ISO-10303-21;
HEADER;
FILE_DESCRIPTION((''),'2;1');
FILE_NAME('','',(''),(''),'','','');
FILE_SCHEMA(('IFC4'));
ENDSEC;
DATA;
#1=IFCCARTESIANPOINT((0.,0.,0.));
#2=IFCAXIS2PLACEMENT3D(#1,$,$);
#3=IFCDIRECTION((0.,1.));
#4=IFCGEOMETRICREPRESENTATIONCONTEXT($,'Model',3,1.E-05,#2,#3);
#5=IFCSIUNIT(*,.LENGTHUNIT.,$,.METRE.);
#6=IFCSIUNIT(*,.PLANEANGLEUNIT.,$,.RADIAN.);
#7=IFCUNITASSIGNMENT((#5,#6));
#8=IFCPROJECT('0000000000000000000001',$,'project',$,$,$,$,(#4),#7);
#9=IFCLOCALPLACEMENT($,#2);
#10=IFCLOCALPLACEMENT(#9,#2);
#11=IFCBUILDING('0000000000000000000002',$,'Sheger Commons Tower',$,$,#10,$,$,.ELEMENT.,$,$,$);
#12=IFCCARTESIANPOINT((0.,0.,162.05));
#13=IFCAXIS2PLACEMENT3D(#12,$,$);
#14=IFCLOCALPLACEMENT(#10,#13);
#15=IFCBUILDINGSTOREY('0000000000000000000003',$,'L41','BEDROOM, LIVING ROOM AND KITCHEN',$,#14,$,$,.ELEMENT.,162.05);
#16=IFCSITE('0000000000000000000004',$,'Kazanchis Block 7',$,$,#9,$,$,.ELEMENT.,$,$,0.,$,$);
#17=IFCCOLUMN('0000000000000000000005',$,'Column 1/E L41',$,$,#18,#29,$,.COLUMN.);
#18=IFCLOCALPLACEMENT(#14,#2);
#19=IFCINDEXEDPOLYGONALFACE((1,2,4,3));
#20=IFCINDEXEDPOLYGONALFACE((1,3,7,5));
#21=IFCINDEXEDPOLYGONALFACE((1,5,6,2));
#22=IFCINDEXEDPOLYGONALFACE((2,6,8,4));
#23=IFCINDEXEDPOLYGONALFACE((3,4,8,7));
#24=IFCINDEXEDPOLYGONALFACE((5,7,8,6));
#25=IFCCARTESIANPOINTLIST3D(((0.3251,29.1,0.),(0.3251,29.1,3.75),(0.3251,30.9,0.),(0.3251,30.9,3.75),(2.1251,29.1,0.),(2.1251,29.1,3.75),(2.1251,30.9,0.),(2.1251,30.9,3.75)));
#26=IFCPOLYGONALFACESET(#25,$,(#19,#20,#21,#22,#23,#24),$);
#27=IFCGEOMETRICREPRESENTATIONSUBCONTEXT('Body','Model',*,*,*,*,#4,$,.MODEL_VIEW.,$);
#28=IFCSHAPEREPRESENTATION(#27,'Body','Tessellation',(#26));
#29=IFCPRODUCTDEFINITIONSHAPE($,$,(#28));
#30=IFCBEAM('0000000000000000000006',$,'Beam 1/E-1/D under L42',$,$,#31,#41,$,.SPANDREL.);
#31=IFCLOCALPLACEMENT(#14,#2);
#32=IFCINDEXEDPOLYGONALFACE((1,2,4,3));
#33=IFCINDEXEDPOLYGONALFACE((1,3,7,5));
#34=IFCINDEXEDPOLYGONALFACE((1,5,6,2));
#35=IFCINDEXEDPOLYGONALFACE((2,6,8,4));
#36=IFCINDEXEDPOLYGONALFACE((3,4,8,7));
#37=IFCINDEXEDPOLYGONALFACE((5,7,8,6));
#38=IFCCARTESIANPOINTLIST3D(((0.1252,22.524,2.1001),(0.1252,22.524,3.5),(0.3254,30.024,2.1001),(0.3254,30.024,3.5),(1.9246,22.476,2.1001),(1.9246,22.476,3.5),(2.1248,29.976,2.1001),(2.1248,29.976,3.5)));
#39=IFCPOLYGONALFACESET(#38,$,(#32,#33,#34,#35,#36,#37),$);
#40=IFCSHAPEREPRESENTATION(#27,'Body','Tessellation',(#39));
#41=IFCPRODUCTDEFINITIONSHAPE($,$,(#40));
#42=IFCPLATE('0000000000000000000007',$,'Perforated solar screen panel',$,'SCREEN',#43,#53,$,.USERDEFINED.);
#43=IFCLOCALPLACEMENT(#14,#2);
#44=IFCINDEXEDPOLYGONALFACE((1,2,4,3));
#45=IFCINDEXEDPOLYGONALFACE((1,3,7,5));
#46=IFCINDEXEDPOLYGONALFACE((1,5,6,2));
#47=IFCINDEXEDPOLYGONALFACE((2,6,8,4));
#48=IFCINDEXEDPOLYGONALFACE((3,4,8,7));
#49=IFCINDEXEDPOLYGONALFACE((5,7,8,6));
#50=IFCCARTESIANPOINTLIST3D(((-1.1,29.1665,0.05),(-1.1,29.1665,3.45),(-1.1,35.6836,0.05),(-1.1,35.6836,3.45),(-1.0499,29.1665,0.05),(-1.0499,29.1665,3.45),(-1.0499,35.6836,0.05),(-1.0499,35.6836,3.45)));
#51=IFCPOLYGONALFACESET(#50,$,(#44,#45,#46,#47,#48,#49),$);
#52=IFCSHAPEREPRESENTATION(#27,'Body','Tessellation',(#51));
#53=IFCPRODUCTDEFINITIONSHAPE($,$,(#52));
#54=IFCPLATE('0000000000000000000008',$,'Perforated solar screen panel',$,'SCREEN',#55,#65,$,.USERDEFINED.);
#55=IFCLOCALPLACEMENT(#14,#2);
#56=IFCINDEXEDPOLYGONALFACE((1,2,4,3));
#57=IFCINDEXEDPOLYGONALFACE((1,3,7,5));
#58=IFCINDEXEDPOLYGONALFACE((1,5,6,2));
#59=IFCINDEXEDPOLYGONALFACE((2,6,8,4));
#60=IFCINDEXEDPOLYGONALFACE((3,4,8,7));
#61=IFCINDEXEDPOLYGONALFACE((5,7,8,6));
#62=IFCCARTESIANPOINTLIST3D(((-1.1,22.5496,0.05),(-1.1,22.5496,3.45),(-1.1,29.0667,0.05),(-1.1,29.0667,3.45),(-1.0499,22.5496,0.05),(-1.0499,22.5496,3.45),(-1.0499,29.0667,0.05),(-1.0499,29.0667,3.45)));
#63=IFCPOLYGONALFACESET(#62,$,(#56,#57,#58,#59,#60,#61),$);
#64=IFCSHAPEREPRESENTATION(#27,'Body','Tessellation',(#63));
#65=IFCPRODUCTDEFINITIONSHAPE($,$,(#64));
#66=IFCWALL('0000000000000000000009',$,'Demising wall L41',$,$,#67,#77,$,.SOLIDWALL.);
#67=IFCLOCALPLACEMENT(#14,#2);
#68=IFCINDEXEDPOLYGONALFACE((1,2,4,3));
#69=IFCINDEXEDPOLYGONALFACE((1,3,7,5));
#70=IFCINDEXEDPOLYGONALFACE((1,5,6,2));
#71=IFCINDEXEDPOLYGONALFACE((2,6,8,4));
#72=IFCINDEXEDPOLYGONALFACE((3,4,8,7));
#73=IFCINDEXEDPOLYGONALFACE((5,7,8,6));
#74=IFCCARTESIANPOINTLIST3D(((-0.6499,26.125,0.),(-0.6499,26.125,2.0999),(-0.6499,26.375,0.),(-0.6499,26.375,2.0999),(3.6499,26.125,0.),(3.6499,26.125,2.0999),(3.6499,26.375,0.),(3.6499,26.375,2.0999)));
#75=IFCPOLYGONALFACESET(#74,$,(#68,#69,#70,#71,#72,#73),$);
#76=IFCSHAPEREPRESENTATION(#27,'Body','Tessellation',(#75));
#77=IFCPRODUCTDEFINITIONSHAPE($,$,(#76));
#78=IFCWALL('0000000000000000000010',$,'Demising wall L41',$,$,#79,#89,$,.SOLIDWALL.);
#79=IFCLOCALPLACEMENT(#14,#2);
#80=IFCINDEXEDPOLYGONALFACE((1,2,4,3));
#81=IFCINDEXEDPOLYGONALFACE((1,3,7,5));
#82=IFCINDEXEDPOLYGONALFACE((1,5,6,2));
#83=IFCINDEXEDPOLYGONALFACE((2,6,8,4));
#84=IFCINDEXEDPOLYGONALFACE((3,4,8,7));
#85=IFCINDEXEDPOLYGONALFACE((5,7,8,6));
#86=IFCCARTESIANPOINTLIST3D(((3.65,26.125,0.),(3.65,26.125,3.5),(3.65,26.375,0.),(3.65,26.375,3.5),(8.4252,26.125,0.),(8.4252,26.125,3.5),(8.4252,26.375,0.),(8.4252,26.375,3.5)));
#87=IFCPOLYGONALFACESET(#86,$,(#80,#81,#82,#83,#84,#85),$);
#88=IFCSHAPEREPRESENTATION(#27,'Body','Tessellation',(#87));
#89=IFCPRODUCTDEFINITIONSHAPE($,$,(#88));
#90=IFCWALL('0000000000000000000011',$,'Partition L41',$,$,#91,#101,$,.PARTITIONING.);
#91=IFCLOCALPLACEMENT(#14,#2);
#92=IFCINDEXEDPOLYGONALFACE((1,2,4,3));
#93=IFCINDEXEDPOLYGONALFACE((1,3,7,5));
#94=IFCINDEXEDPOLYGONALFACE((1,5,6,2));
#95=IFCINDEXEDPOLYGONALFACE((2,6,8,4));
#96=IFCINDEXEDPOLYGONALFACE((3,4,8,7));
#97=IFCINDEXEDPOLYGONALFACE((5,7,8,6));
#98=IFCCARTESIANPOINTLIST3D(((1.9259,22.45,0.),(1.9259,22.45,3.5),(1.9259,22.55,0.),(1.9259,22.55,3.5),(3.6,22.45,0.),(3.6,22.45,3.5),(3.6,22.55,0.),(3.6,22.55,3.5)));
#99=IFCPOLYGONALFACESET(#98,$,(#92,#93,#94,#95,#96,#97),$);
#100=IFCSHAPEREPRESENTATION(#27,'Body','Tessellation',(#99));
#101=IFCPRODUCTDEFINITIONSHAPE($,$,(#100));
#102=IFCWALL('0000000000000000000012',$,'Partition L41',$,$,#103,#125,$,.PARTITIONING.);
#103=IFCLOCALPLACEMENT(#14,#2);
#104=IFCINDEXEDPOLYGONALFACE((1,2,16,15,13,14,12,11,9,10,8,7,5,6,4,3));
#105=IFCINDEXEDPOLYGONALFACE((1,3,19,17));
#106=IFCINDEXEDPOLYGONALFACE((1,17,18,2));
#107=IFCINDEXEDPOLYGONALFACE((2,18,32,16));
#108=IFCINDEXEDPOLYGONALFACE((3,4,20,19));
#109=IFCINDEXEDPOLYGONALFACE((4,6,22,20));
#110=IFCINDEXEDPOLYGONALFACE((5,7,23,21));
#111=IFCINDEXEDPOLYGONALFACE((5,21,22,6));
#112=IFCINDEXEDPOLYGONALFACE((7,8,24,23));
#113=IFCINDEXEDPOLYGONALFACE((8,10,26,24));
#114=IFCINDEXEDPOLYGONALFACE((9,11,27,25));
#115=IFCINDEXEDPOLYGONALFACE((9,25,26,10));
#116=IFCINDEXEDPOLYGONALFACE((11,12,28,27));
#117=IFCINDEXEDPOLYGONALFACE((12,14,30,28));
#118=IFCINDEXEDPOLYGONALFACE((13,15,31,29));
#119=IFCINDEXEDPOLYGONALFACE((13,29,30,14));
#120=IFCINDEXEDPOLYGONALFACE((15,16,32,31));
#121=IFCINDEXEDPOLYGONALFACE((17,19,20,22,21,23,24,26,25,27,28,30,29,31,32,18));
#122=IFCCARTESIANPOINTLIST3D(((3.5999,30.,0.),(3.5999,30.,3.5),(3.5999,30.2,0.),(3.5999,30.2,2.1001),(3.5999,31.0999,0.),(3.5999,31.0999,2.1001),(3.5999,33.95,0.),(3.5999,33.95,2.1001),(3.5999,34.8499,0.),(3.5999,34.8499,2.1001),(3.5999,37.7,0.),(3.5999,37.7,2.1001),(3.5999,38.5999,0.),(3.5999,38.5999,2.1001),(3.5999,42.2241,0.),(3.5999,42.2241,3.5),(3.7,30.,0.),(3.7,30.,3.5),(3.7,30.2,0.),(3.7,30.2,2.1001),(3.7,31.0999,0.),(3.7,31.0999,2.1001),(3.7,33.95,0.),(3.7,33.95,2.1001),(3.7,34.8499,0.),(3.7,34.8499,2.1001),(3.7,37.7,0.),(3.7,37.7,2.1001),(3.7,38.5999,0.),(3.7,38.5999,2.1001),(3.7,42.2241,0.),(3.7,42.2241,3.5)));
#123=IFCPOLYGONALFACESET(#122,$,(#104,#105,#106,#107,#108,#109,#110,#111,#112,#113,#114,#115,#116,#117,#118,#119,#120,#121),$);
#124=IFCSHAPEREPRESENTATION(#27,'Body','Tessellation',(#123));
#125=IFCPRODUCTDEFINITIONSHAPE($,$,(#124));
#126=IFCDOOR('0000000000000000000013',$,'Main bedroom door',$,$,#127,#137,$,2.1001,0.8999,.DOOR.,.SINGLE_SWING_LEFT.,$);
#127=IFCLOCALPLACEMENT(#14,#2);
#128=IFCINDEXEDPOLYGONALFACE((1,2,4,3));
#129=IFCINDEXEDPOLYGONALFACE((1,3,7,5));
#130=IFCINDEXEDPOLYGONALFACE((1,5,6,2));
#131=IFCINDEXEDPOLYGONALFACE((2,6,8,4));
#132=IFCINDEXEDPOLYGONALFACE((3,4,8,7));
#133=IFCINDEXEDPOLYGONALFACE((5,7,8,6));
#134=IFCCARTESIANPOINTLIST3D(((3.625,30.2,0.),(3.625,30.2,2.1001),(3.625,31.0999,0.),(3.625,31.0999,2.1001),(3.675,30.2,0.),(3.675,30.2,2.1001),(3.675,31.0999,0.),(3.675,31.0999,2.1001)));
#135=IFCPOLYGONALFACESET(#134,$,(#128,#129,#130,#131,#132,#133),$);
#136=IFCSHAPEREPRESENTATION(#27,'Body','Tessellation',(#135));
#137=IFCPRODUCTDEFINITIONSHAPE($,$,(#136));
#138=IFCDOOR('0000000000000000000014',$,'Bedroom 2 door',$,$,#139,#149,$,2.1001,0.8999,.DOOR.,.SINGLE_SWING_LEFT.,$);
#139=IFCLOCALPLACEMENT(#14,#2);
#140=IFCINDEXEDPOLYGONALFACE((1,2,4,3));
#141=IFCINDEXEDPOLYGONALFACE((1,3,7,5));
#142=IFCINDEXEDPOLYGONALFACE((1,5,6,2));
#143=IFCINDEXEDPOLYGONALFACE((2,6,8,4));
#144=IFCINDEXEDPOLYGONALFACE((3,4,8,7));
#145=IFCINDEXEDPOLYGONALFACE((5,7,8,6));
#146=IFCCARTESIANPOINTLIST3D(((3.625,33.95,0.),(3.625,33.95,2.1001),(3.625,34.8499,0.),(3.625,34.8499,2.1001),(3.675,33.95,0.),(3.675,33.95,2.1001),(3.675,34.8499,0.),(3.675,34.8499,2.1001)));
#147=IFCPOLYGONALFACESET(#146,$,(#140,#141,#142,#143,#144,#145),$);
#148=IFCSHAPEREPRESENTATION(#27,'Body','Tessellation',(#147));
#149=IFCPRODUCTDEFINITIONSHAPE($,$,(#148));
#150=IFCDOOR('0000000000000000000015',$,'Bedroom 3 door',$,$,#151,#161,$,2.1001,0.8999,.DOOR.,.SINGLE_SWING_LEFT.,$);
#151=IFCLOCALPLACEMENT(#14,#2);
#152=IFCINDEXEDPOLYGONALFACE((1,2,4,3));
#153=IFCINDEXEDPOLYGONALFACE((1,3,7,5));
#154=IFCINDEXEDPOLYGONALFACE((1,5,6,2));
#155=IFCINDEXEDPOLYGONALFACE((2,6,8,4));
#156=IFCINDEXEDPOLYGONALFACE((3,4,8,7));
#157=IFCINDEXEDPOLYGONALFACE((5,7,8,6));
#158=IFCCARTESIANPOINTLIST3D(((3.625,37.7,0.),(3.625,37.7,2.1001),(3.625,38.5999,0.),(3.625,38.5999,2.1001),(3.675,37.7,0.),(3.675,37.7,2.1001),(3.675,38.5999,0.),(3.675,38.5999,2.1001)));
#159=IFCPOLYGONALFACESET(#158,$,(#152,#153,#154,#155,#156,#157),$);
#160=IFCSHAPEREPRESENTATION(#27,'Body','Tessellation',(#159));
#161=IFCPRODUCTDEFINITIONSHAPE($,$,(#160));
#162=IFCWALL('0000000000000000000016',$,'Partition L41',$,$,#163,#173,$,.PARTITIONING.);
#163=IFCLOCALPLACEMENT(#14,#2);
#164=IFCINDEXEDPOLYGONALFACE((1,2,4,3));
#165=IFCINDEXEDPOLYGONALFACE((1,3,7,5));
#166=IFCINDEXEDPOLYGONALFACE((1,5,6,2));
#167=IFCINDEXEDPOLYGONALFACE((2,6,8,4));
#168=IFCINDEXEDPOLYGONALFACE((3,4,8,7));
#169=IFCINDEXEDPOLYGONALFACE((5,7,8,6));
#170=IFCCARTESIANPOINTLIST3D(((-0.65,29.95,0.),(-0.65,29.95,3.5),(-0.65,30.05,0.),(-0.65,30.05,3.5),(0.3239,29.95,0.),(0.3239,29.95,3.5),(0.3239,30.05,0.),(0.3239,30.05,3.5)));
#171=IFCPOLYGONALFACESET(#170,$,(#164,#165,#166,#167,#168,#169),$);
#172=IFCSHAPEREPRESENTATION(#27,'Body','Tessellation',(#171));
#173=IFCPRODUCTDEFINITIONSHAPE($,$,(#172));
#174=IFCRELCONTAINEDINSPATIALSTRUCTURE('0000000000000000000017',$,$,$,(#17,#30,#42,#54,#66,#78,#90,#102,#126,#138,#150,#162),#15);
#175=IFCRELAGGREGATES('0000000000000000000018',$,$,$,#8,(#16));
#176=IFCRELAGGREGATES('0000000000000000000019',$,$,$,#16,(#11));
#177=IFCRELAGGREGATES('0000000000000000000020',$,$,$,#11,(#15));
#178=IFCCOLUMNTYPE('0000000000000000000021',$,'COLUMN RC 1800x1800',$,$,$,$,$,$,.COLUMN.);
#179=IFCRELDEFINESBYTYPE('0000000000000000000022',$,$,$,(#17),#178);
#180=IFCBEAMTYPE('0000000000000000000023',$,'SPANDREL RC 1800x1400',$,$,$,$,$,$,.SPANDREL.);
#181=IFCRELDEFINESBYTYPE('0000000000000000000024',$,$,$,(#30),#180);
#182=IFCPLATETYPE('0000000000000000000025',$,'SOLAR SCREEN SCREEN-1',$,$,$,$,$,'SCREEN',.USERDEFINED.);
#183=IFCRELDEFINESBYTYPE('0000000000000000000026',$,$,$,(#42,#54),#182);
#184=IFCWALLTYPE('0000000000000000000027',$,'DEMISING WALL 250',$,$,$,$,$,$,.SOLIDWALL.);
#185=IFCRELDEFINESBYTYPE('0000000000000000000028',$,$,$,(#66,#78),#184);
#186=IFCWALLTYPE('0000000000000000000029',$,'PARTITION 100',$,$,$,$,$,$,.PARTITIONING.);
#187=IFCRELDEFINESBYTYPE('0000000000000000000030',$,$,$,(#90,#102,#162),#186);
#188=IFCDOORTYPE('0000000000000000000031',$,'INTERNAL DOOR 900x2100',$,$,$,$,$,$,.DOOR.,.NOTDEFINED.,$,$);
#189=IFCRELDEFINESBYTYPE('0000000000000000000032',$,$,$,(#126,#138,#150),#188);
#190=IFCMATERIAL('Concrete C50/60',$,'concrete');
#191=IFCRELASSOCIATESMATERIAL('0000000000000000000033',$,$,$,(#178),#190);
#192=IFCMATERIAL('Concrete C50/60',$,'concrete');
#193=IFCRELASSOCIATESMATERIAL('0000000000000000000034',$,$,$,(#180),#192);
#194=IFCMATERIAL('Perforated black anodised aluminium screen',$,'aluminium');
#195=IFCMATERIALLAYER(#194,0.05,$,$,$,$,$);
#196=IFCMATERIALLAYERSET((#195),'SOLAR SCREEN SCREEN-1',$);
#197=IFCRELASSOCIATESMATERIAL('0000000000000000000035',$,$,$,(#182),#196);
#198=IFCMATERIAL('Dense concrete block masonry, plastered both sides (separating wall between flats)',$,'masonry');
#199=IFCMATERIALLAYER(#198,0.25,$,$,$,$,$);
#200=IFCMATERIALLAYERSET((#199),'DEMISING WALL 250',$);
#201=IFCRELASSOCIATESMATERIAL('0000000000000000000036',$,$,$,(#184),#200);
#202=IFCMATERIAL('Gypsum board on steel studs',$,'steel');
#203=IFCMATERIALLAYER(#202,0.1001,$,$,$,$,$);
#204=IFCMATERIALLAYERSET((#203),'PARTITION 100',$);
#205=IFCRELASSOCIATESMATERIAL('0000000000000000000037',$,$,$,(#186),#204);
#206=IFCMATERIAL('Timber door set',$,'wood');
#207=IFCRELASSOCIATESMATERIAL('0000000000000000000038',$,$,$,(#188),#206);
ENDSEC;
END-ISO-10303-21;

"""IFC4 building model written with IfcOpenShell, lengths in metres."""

from ifc_helpers import new_model, si_unit, direction, frame, frame_2d, origin, origin_2d, place, context, subcontext, project, spatial, rectangle, extrude, material, layer, layer_set, material_profile, profile_set, type_object, element, fill, save


model = new_model("IFC4")

# Units and contexts
model_context = context("Model", 3, precision=1e-05, world=origin(), true_north=direction((0.0, 1.0)))
body_context = subcontext(model_context, "Body", "Model", "MODEL_VIEW")
ifc_project = project(units=[si_unit("LENGTHUNIT", "METRE"), si_unit("PLANEANGLEUNIT", "RADIAN")], contexts=[model_context])

# Site, building, storey
site_placement = place(None, origin())
site = spatial("IfcSite", under=ifc_project, at=site_placement, Name="Kazanchis Block 7", CompositionType="ELEMENT", RefElevation=0.0)
building_placement = place(site_placement, origin())
building = spatial("IfcBuilding", under=site, at=building_placement, Name="Sheger Commons Tower", CompositionType="ELEMENT")
storey_placement = place(building_placement, frame((0.0, 0.0, 162.05)))
storey = spatial("IfcBuildingStorey", under=building, at=storey_placement, Name="L41", Description="BEDROOM, LIVING ROOM AND KITCHEN", CompositionType="ELEMENT", Elevation=162.05)

# Column
ifc_material_1 = material(Name="Concrete C50/60", Category="concrete")
ifc_material_profile_1 = material_profile(ifc_material_1, rectangle(XDim=1.8, YDim=1.8, at=origin_2d()), Name="RC 1800x1800")
ifc_profile_set_1 = profile_set([ifc_material_profile_1], Name="Concrete C50/60")
column_type = type_object("IfcColumnType", Name="COLUMN RC 1800x1800", PredefinedType="COLUMN", material=ifc_profile_set_1)
column_placement = place(storey_placement, frame((1.2251, 30.0, 0.0), z_axis=(0.0, 0.0, 1.0), x_axis=(1.0, 0.0, 0.0)))
element("IfcColumn", 1, at=column_placement, inside=storey, type_object=column_type, Name="Column 1/E L41", PredefinedType="COLUMN", context=body_context, shape_type="SweptSolid", body=[
    extrude(rectangle(XDim=1.8, YDim=1.8, at=origin_2d()), origin(), (0.0, 0.0, 1.0), 3.75),
])

# Beam
ifc_material_2 = material(Name="Concrete C50/60", Category="concrete")
ifc_material_profile_2 = material_profile(ifc_material_2, rectangle(XDim=1.8, YDim=1.3999, at=origin_2d()), Name="RC 1800x1400")
ifc_profile_set_2 = profile_set([ifc_material_profile_2], Name="Concrete C50/60")
beam_type = type_object("IfcBeamType", Name="SPANDREL RC 1800x1400", PredefinedType="SPANDREL", material=ifc_profile_set_2)
beam_placement = place(storey_placement, frame((1.2251, 30.0, 2.8), z_axis=(-0.026683, -0.999644, 0.0), x_axis=(0.999644, -0.026683, 0.0)))
element("IfcBeam", 2, at=beam_placement, inside=storey, type_object=beam_type, Name="Beam 1/E-1/D under L42", PredefinedType="SPANDREL", context=body_context, shape_type="SweptSolid", body=[
    extrude(rectangle(XDim=1.8, YDim=1.3999, at=origin_2d()), origin(), (0.0, 0.0, 1.0), 7.5027),
])

# Plates
ifc_material_3 = material(Name="Perforated black anodised aluminium screen", Category="aluminium")
ifc_layer_1 = layer(ifc_material_3, 0.05)
ifc_layer_set_1 = layer_set([ifc_layer_1], Name="SOLAR SCREEN SCREEN-1")
plate_type = type_object("IfcPlateType", Name="SOLAR SCREEN SCREEN-1", ElementType="SCREEN", PredefinedType="USERDEFINED", material=ifc_layer_set_1)
for number, where, z_axis, x_axis, name in (
    (3, (-1.075, 32.425, 0.05), (0.0, 0.0, 1.0), (0.0, -1.0, 0.0), "Perforated solar screen panel"),
    (4, (-1.075, 25.8081, 0.05), (0.0, 0.0, 1.0), (0.0, -1.0, 0.0), "Perforated solar screen panel"),
):
    element("IfcPlate", number, at=place(storey_placement, frame(where, z_axis=z_axis, x_axis=x_axis)), inside=storey, type_object=plate_type, Name=name, ObjectType="SCREEN", PredefinedType="USERDEFINED", context=body_context, shape_type="SweptSolid", body=[
        extrude(rectangle(XDim=6.5171, YDim=0.05, at=origin_2d()), origin(), (0.0, 0.0, 1.0), 3.3999),
    ])

# Walls
ifc_material_4 = material(Name="Dense concrete block masonry, plastered both sides (separating wall between flats)", Category="masonry")
ifc_layer_2 = layer(ifc_material_4, 0.25)
ifc_layer_set_2 = layer_set([ifc_layer_2], Name="DEMISING WALL 250")
wall_type_1 = type_object("IfcWallType", Name="DEMISING WALL 250", PredefinedType="SOLIDWALL", material=ifc_layer_set_2)
wall_1_placement = place(storey_placement, frame((-0.6499, 26.25, 0.0), z_axis=(0.0, 0.0, 1.0), x_axis=(1.0, 0.0, 0.0)))
element("IfcWall", 5, at=wall_1_placement, inside=storey, type_object=wall_type_1, Name="Demising wall L41", PredefinedType="SOLIDWALL", context=body_context, shape_type="SweptSolid", body=[
    extrude(rectangle(XDim=4.2998, YDim=0.25, at=frame_2d((2.1499, 0.0))), origin(), (0.0, 0.0, 1.0), 2.0999),
])
wall_2_placement = place(storey_placement, frame((3.6499, 26.25, 0.0), z_axis=(0.0, 0.0, 1.0), x_axis=(1.0, 0.0, 0.0)))
element("IfcWall", 6, at=wall_2_placement, inside=storey, type_object=wall_type_1, Name="Demising wall L41", PredefinedType="SOLIDWALL", context=body_context, shape_type="SweptSolid", body=[
    extrude(rectangle(XDim=4.7751, YDim=0.25, at=frame_2d((2.3877, 0.0))), origin(), (0.0, 0.0, 1.0), 3.5),
])
ifc_material_5 = material(Name="Gypsum board on steel studs", Category="steel")
ifc_layer_3 = layer(ifc_material_5, 0.1001)
ifc_layer_set_3 = layer_set([ifc_layer_3], Name="PARTITION 100")
wall_type_2 = type_object("IfcWallType", Name="PARTITION 100", PredefinedType="PARTITIONING", material=ifc_layer_set_3)
wall_3_placement = place(storey_placement, frame((1.926, 22.5, 0.0), z_axis=(0.0, 0.0, 1.0), x_axis=(1.0, 0.0, 0.0)))
element("IfcWall", 7, at=wall_3_placement, inside=storey, type_object=wall_type_2, Name="Partition L41", PredefinedType="PARTITIONING", context=body_context, shape_type="SweptSolid", body=[
    extrude(rectangle(XDim=1.6741, YDim=0.1001, at=frame_2d((0.8369, 0.0))), origin(), (0.0, 0.0, 1.0), 3.5),
])

# Wall, openings, doors
wall_4_placement = place(storey_placement, frame((3.6499, 30.0, 0.0), z_axis=(0.0, 0.0, 1.0), x_axis=(0.0, 1.0, 0.0)))
wall_4 = element("IfcWall", 8, at=wall_4_placement, inside=storey, type_object=wall_type_2, Name="Partition L41", PredefinedType="PARTITIONING", context=body_context, shape_type="SweptSolid", body=[
    extrude(rectangle(XDim=12.2241, YDim=0.1001, at=frame_2d((6.1121, 0.0))), origin(), (0.0, 0.0, 1.0), 3.5),
])
opening_1_placement = place(wall_4_placement, frame((0.2, 0.0, 0.0)))
opening_1 = element("IfcOpeningElement", 9, at=opening_1_placement, cuts=wall_4, PredefinedType="OPENING", context=body_context, shape_type="SweptSolid", body=[
    extrude(rectangle(XDim=0.8999, YDim=2.1001, at=frame_2d((0.45, 1.05))), frame((0.0, 0.0601, 0.0), z_axis=(0.0, -1.0, 0.0), x_axis=(1.0, 0.0, 0.0)), (0.0, 0.0, 1.0), 0.1201),
])
opening_2_placement = place(wall_4_placement, frame((3.95, 0.0, 0.0)))
opening_2 = element("IfcOpeningElement", 10, at=opening_2_placement, cuts=wall_4, PredefinedType="OPENING", context=body_context, shape_type="SweptSolid", body=[
    extrude(rectangle(XDim=0.8999, YDim=2.1001, at=frame_2d((0.45, 1.05))), frame((0.0, 0.0601, 0.0), z_axis=(0.0, -1.0, 0.0), x_axis=(1.0, 0.0, 0.0)), (0.0, 0.0, 1.0), 0.1201),
])
opening_3_placement = place(wall_4_placement, frame((7.7, 0.0, 0.0)))
opening_3 = element("IfcOpeningElement", 11, at=opening_3_placement, cuts=wall_4, PredefinedType="OPENING", context=body_context, shape_type="SweptSolid", body=[
    extrude(rectangle(XDim=0.8999, YDim=2.1001, at=frame_2d((0.45, 1.05))), frame((0.0, 0.0601, 0.0), z_axis=(0.0, -1.0, 0.0), x_axis=(1.0, 0.0, 0.0)), (0.0, 0.0, 1.0), 0.1201),
])
ifc_material_6 = material(Name="Timber door set", Category="wood")
door_type = type_object("IfcDoorType", Name="INTERNAL DOOR 900x2100", OperationType="NOTDEFINED", PredefinedType="DOOR", material=ifc_material_6)
door_1_placement = place(opening_1_placement, origin())
door_1 = element("IfcDoor", 12, at=door_1_placement, inside=storey, type_object=door_type, Name="Main bedroom door", OperationType="SINGLE_SWING_LEFT", OverallHeight=2.1001, OverallWidth=0.8999, PredefinedType="DOOR", context=body_context, shape_type="SweptSolid", body=[
    extrude(rectangle(XDim=0.8999, YDim=2.1001, at=frame_2d((0.45, 1.05))), frame((0.0, 0.0249, 0.0), z_axis=(0.0, -1.0, 0.0), x_axis=(1.0, 0.0, 0.0)), (0.0, 0.0, 1.0), 0.05),
])
fill(opening_1, door_1)
door_2_placement = place(opening_2_placement, origin())
door_2 = element("IfcDoor", 13, at=door_2_placement, inside=storey, type_object=door_type, Name="Bedroom 2 door", OperationType="SINGLE_SWING_LEFT", OverallHeight=2.1001, OverallWidth=0.8999, PredefinedType="DOOR", context=body_context, shape_type="SweptSolid", body=[
    extrude(rectangle(XDim=0.8999, YDim=2.1001, at=frame_2d((0.45, 1.05))), frame((0.0, 0.0249, 0.0), z_axis=(0.0, -1.0, 0.0), x_axis=(1.0, 0.0, 0.0)), (0.0, 0.0, 1.0), 0.05),
])
fill(opening_2, door_2)
door_3_placement = place(opening_3_placement, origin())
door_3 = element("IfcDoor", 14, at=door_3_placement, inside=storey, type_object=door_type, Name="Bedroom 3 door", OperationType="SINGLE_SWING_LEFT", OverallHeight=2.1001, OverallWidth=0.8999, PredefinedType="DOOR", context=body_context, shape_type="SweptSolid", body=[
    extrude(rectangle(XDim=0.8999, YDim=2.1001, at=frame_2d((0.45, 1.05))), frame((0.0, 0.0249, 0.0), z_axis=(0.0, -1.0, 0.0), x_axis=(1.0, 0.0, 0.0)), (0.0, 0.0, 1.0), 0.05),
])
fill(opening_3, door_3)

# Wall
wall_5_placement = place(storey_placement, frame((-0.6499, 30.0, 0.0), z_axis=(0.0, 0.0, 1.0), x_axis=(1.0, 0.0, 0.0)))
element("IfcWall", 15, at=wall_5_placement, inside=storey, type_object=wall_type_2, Name="Partition L41", PredefinedType="PARTITIONING", context=body_context, shape_type="SweptSolid", body=[
    extrude(rectangle(XDim=0.9739, YDim=0.1001, at=frame_2d((0.4868, 0.0))), origin(), (0.0, 0.0, 1.0), 3.5),
])

save(model, "model.ifc")
